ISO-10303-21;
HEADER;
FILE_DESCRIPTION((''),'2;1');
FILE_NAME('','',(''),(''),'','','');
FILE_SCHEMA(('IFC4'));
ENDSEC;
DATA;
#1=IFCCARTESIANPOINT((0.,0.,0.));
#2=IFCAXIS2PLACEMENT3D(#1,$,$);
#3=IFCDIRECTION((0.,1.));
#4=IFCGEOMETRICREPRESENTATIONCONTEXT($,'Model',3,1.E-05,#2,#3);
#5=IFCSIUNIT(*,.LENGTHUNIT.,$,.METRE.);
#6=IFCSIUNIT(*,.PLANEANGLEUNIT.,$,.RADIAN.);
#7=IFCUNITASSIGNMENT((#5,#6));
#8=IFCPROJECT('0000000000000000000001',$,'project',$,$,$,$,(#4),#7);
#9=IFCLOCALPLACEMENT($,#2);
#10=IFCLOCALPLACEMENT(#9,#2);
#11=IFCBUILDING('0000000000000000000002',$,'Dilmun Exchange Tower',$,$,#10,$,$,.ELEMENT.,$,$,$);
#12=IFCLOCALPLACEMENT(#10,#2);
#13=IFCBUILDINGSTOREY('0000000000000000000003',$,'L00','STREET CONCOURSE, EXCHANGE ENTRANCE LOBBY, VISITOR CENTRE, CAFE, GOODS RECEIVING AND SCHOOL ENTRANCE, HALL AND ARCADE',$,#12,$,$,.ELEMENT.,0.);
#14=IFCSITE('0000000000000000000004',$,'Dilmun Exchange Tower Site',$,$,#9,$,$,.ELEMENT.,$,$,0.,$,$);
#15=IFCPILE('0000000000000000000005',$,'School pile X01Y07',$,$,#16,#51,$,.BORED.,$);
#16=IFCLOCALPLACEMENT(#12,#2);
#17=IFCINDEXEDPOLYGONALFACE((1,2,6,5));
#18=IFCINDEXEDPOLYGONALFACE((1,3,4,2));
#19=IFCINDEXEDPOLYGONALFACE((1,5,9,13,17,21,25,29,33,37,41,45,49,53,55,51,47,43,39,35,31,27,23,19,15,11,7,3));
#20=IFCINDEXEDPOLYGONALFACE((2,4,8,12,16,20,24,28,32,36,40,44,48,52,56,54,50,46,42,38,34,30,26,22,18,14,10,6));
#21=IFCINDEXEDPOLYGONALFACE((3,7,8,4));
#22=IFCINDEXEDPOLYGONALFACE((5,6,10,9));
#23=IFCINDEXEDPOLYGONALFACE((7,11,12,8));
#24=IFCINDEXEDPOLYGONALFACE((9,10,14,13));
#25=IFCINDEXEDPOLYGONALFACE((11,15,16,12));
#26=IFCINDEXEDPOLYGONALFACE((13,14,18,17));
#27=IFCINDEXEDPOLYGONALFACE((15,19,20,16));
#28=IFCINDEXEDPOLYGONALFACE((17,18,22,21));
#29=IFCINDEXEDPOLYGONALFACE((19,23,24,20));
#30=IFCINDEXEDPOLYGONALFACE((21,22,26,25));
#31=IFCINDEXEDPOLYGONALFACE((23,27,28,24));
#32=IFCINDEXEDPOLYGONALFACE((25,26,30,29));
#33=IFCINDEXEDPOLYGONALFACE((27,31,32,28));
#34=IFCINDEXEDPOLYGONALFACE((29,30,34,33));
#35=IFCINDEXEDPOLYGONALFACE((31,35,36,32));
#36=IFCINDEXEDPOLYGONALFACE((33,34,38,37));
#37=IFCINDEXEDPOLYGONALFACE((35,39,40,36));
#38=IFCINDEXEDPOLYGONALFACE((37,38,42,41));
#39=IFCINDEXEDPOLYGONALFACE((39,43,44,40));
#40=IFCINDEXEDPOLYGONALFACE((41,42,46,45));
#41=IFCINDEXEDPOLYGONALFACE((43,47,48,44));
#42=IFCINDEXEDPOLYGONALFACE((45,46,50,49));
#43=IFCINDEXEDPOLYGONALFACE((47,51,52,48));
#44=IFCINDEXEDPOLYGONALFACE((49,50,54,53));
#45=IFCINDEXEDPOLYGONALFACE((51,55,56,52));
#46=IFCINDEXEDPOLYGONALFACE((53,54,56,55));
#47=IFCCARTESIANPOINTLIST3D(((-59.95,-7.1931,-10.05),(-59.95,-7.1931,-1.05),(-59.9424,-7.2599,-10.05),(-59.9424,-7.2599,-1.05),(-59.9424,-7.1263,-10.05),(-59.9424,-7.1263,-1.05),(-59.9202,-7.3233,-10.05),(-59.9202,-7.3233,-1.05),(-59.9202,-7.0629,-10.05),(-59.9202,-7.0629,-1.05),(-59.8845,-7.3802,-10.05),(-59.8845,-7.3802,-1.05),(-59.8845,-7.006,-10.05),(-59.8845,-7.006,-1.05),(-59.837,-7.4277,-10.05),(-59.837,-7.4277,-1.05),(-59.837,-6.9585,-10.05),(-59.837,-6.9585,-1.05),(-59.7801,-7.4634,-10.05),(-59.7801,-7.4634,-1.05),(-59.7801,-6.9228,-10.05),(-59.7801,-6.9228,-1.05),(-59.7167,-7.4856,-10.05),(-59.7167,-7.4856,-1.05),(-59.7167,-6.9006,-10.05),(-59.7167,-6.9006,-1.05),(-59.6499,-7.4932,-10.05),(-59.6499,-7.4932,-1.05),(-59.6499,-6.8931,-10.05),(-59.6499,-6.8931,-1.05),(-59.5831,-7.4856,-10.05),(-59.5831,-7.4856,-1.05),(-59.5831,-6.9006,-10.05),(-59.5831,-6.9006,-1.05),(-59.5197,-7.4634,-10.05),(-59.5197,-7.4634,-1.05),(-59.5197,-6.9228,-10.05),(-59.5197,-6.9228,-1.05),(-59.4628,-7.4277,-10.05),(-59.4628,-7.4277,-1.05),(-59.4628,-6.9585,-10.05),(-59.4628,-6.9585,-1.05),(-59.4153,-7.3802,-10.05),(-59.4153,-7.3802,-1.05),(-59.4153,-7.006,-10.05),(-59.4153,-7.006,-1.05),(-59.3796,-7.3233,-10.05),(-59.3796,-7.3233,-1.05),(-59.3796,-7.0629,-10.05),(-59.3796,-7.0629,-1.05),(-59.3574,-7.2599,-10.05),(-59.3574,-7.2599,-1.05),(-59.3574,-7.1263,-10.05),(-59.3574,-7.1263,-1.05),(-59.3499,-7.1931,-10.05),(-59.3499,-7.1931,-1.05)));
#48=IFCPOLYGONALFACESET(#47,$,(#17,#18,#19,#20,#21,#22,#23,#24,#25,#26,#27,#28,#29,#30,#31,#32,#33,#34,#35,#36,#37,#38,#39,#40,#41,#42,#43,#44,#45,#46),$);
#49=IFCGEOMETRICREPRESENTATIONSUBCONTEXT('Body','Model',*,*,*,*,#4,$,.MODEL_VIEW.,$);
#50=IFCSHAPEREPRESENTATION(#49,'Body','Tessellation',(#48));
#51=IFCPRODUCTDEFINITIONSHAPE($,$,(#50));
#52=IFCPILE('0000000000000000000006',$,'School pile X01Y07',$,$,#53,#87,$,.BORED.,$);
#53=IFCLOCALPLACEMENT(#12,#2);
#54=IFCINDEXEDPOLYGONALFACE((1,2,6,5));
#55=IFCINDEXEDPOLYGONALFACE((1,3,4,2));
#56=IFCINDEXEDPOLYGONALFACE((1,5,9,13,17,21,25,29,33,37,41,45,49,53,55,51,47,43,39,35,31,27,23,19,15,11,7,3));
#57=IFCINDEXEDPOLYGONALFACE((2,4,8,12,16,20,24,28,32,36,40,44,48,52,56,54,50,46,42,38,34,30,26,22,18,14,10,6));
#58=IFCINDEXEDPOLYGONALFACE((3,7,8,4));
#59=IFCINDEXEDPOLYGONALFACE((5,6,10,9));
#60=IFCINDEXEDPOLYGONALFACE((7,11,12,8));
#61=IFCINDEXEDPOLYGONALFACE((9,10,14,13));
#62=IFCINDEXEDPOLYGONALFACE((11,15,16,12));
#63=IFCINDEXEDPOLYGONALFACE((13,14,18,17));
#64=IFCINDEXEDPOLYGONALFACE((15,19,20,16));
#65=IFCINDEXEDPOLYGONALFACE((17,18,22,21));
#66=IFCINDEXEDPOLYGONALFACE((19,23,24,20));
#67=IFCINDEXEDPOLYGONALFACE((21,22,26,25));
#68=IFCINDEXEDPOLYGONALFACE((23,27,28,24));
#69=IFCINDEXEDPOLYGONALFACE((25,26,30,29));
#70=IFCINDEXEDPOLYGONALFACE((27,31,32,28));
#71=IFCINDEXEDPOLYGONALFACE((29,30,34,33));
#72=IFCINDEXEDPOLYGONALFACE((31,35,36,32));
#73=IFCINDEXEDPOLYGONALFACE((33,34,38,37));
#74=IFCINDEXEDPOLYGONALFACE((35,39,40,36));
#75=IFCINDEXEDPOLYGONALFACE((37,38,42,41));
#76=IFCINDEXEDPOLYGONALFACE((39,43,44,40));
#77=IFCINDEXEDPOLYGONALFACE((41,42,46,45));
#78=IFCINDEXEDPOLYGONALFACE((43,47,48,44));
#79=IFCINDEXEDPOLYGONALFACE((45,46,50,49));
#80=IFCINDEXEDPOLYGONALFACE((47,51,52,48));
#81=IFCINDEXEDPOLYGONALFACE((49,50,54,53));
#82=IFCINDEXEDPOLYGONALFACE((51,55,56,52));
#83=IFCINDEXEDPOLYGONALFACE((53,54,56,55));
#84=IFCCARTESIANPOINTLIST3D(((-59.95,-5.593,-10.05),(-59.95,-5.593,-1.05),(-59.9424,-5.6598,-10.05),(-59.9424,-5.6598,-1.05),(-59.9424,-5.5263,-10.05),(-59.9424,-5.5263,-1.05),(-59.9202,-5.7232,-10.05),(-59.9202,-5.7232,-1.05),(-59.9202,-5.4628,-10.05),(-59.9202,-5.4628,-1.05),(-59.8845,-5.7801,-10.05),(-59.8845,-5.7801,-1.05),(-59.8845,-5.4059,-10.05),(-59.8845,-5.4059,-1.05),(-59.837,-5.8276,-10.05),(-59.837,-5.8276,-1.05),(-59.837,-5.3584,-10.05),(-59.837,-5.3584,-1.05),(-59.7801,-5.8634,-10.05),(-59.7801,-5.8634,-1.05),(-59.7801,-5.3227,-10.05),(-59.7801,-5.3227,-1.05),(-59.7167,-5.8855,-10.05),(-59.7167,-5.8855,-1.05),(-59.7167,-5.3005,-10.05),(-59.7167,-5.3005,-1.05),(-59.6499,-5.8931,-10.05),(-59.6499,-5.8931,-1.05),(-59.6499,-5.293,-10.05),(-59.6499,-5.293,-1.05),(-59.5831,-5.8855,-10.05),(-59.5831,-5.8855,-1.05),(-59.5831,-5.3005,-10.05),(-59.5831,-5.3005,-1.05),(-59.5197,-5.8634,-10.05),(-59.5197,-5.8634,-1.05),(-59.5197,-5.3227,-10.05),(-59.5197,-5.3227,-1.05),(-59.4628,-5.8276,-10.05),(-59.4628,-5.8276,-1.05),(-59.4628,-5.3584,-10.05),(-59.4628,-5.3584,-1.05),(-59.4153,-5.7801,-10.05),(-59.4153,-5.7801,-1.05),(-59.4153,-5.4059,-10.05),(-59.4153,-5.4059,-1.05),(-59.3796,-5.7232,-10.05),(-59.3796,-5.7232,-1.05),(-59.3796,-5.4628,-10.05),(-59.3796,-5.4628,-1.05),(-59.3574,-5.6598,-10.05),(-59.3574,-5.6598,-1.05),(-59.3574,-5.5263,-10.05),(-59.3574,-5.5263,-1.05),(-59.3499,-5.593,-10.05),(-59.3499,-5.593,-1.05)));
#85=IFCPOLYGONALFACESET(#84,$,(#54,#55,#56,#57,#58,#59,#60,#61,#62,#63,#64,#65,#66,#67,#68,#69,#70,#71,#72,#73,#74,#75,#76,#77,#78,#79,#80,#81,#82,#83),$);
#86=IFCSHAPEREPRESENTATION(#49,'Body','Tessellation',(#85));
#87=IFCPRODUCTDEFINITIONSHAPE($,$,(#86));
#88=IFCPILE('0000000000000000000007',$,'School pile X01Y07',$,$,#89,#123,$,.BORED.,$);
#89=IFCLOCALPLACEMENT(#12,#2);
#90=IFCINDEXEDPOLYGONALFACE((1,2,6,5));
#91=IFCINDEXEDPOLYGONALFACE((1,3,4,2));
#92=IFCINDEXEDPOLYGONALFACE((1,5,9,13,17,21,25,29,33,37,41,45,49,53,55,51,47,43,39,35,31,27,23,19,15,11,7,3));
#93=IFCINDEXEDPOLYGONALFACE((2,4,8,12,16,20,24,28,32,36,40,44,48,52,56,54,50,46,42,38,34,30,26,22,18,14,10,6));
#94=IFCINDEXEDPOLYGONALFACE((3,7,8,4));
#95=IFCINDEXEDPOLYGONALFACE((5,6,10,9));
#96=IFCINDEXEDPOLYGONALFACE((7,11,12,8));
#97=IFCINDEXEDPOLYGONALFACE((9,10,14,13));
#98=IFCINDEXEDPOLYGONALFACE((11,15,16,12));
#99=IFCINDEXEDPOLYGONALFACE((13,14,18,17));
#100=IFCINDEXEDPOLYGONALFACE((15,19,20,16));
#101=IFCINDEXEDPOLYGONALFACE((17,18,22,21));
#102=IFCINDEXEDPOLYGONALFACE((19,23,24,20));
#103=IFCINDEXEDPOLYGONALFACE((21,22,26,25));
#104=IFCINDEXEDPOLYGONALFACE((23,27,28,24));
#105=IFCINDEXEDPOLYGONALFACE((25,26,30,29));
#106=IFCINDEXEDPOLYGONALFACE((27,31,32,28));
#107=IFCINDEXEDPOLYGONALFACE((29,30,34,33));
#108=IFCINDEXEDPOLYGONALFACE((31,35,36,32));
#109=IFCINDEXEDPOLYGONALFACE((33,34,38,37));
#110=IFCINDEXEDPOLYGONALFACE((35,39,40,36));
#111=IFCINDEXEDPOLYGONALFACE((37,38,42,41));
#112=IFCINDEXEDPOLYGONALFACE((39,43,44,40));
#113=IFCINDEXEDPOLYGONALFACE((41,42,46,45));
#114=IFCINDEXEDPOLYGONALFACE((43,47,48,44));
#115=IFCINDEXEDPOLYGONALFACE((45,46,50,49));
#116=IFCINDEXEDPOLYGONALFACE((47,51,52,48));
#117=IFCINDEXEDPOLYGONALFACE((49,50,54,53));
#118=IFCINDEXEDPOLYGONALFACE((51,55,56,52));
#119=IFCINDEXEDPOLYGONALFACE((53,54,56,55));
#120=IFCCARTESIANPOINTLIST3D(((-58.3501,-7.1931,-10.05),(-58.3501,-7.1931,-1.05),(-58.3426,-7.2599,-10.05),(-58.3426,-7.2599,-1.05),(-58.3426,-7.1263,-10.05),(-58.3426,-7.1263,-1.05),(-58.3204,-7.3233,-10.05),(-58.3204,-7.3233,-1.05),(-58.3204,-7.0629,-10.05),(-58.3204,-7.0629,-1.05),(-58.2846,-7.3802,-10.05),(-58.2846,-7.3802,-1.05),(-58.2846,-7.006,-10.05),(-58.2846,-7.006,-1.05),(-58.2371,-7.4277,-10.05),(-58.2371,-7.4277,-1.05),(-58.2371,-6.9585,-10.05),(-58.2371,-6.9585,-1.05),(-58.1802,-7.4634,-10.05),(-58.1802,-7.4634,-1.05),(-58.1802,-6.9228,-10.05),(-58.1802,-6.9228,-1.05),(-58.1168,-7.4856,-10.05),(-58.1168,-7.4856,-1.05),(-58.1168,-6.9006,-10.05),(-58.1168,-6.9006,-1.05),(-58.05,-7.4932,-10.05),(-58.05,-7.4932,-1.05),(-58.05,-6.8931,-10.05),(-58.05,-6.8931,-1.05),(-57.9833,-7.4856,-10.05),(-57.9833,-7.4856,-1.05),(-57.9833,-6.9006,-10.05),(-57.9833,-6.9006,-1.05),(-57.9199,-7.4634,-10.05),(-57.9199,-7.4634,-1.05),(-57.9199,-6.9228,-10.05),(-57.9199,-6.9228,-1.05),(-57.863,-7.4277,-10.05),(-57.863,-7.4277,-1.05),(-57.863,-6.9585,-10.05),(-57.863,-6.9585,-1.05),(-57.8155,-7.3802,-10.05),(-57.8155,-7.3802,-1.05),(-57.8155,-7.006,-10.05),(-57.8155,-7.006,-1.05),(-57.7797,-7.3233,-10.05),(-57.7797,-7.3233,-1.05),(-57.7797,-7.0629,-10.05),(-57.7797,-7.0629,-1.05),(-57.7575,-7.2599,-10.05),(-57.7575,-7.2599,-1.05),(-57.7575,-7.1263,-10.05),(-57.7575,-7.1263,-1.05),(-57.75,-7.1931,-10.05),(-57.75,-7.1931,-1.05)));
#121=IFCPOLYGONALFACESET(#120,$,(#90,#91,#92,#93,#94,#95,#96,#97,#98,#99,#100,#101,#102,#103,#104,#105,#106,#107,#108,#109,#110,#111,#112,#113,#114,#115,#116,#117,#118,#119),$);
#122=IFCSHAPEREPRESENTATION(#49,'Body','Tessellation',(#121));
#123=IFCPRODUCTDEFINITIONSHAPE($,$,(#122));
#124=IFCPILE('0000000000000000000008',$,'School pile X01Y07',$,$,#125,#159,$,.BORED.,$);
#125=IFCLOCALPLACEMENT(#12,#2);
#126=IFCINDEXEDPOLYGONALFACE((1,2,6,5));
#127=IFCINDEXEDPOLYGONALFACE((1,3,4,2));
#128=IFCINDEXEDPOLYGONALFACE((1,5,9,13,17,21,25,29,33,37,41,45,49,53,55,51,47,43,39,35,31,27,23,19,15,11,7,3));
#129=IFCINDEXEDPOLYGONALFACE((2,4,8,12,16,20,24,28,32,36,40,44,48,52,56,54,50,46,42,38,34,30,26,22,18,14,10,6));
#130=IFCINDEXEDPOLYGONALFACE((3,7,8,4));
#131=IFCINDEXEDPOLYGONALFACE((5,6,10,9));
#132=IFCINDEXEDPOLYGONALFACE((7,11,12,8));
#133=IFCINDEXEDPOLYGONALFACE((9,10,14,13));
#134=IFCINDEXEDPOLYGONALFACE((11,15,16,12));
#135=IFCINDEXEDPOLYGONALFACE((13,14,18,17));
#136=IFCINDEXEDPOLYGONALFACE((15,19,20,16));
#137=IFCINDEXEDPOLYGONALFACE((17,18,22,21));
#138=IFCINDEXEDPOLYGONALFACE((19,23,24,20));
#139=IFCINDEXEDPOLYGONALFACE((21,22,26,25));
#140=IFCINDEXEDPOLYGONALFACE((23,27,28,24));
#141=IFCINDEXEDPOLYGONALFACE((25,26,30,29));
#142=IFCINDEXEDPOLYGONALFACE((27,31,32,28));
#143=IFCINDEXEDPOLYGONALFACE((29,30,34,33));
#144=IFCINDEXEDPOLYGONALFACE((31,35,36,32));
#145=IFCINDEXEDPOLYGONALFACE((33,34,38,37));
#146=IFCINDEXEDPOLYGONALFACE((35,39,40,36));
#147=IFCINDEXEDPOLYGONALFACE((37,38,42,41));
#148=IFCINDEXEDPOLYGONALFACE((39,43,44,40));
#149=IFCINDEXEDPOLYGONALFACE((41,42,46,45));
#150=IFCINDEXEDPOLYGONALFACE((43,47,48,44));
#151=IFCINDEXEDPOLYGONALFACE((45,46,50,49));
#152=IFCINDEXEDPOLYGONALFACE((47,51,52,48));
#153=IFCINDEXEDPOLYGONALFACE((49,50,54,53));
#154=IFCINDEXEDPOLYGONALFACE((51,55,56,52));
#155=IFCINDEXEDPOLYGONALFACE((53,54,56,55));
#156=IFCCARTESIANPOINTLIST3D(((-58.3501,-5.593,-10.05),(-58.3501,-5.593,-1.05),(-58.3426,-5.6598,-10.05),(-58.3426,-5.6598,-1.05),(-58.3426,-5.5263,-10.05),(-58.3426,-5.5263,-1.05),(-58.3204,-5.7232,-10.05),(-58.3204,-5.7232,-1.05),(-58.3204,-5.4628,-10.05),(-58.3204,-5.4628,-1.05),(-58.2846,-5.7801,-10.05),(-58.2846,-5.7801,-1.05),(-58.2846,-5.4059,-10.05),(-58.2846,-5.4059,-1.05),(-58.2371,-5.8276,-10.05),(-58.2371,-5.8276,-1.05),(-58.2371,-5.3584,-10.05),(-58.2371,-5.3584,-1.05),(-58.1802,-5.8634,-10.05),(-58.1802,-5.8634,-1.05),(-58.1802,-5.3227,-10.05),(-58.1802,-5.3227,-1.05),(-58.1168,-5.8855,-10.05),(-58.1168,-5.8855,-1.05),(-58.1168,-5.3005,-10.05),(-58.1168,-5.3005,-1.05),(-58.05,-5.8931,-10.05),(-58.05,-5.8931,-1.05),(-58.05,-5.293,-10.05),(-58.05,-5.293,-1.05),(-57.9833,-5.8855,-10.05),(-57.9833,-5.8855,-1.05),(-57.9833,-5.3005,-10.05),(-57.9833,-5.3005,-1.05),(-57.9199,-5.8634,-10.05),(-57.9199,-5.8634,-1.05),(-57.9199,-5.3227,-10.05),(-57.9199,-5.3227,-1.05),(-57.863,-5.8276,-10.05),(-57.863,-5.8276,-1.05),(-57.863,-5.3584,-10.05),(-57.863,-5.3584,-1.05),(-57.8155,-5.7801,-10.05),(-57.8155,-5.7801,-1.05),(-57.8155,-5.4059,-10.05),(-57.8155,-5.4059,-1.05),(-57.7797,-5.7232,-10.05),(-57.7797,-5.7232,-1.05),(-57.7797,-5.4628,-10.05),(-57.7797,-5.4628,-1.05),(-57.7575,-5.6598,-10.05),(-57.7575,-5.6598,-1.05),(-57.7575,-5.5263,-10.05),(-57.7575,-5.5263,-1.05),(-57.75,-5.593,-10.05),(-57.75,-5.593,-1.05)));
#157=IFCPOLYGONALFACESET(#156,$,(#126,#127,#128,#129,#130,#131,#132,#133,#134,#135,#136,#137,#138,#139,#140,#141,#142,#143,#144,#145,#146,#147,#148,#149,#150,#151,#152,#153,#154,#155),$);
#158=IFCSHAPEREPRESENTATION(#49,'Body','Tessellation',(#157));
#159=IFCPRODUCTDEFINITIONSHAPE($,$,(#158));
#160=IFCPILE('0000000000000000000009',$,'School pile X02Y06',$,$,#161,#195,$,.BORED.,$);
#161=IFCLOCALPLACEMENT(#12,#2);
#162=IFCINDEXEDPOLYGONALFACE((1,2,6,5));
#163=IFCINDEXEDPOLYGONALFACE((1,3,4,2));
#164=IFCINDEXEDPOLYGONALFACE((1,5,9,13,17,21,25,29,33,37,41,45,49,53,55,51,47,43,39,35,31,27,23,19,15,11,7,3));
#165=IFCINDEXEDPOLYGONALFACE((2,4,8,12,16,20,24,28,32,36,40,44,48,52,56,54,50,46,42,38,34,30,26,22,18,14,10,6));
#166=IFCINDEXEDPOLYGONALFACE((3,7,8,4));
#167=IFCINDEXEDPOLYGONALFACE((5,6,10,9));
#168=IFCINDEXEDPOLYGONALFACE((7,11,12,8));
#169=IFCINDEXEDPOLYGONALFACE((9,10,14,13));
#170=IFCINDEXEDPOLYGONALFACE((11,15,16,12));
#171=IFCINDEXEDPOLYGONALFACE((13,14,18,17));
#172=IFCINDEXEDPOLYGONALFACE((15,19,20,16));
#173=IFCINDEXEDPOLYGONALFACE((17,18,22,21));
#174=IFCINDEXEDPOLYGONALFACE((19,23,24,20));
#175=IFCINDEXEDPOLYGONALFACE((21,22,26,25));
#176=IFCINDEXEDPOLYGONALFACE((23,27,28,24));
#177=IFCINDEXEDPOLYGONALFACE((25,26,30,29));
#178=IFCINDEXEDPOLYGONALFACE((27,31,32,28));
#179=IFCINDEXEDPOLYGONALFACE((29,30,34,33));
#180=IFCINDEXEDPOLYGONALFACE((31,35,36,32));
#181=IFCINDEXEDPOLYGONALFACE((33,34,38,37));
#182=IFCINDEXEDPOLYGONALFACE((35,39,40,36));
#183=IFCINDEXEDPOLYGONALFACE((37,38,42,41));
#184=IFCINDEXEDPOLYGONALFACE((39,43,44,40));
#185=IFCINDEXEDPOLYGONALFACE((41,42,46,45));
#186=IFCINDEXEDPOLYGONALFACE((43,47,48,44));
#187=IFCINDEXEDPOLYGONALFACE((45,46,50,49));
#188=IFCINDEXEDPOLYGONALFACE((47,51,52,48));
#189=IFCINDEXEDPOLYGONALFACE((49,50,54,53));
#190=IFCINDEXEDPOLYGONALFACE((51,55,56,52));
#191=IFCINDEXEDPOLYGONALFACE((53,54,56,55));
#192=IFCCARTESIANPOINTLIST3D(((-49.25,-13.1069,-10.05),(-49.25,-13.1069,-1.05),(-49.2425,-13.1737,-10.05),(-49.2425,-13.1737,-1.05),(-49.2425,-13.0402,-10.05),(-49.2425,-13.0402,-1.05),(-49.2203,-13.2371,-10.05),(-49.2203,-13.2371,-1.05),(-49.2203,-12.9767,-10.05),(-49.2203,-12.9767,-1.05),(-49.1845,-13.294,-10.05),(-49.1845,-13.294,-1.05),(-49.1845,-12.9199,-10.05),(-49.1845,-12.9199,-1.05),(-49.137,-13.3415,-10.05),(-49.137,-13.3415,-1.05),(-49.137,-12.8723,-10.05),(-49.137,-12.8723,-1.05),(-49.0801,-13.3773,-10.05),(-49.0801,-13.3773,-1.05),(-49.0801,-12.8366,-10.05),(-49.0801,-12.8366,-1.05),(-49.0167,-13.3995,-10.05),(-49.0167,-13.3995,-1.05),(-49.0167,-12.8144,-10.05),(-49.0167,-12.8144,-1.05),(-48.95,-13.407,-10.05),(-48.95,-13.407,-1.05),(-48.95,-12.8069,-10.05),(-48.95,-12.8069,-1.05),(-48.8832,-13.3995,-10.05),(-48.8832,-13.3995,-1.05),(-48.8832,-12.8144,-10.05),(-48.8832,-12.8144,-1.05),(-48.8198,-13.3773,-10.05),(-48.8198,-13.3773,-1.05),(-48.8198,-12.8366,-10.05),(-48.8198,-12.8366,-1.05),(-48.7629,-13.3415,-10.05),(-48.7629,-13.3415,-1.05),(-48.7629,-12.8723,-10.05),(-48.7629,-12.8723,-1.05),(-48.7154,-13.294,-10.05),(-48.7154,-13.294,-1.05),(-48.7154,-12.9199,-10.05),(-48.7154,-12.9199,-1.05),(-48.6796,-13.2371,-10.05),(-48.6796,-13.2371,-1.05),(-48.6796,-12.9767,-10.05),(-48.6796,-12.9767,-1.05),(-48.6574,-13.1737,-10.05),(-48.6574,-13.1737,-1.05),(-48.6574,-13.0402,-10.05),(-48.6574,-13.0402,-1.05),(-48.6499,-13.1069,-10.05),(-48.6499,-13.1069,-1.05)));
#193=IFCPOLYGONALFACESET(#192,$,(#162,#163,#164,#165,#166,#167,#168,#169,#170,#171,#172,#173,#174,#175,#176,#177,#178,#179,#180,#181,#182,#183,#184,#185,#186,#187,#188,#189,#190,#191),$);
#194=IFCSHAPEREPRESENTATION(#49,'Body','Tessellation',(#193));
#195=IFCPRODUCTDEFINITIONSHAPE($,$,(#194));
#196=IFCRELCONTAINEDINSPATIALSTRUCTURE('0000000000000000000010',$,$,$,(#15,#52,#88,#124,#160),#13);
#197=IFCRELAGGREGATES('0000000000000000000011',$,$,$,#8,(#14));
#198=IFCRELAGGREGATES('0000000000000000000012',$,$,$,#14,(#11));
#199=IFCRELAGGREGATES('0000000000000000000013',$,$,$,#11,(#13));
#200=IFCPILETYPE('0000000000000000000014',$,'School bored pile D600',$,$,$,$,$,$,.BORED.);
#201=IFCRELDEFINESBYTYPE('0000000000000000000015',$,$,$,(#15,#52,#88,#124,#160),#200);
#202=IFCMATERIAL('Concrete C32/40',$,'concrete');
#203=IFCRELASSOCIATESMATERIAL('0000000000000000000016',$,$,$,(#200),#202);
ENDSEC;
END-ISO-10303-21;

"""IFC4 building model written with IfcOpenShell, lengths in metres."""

from ifc_helpers import new_model, si_unit, direction, frame, origin, origin_2d, place, context, subcontext, project, spatial, circle, extrude, material, material_profile, profile_set, type_object, element, save


model = new_model("IFC4")

# Units and contexts
model_context = context("Model", 3, precision=1e-05, world=origin(), true_north=direction((0.0, 1.0)))
body_context = subcontext(model_context, "Body", "Model", "MODEL_VIEW")
ifc_project = project(units=[si_unit("LENGTHUNIT", "METRE"), si_unit("PLANEANGLEUNIT", "RADIAN")], contexts=[model_context])

# Site, building, storey
site_placement = place(None, origin())
site = spatial("IfcSite", under=ifc_project, at=site_placement, Name="Dilmun Exchange Tower Site", CompositionType="ELEMENT", RefElevation=0.0)
building_placement = place(site_placement, origin())
building = spatial("IfcBuilding", under=site, at=building_placement, Name="Dilmun Exchange Tower", CompositionType="ELEMENT")
storey_placement = place(building_placement, origin())
storey = spatial("IfcBuildingStorey", under=building, at=storey_placement, Name="L00", Description="STREET CONCOURSE, EXCHANGE ENTRANCE LOBBY, VISITOR CENTRE, CAFE, GOODS RECEIVING AND SCHOOL ENTRANCE, HALL AND ARCADE", CompositionType="ELEMENT", Elevation=0.0)

# Piles
ifc_material_1 = material(Name="Concrete C32/40", Category="concrete")
ifc_material_profile_1 = material_profile(ifc_material_1, circle(Radius=0.3, at=origin_2d()), Name="D600")
ifc_profile_set_1 = profile_set([ifc_material_profile_1], Name="Concrete C32/40")
pile_type = type_object("IfcPileType", Name="School bored pile D600", PredefinedType="BORED", material=ifc_profile_set_1)
for number, where, z_axis, x_axis, name in (
    (1, (-59.6499, -7.1931, -1.05), (0.0, 0.0, -1.0), (1.0, 0.0, 0.0), "School pile X01Y07"),
    (2, (-59.6499, -5.593, -1.05), (0.0, 0.0, -1.0), (1.0, 0.0, 0.0), "School pile X01Y07"),
    (3, (-58.05, -7.1931, -1.05), (0.0, 0.0, -1.0), (1.0, 0.0, 0.0), "School pile X01Y07"),
    (4, (-58.05, -5.593, -1.05), (0.0, 0.0, -1.0), (1.0, 0.0, 0.0), "School pile X01Y07"),
    (5, (-48.95, -13.1069, -1.05), (0.0, 0.0, -1.0), (1.0, 0.0, 0.0), "School pile X02Y06"),
):
    element("IfcPile", number, at=place(storey_placement, frame(where, z_axis=z_axis, x_axis=x_axis)), inside=storey, type_object=pile_type, Name=name, PredefinedType="BORED", context=body_context, shape_type="SweptSolid", body=[
        extrude(circle(Radius=0.3, at=origin_2d()), origin(), (0.0, 0.0, 1.0), 9.0),
    ])

save(model, "model.ifc")
